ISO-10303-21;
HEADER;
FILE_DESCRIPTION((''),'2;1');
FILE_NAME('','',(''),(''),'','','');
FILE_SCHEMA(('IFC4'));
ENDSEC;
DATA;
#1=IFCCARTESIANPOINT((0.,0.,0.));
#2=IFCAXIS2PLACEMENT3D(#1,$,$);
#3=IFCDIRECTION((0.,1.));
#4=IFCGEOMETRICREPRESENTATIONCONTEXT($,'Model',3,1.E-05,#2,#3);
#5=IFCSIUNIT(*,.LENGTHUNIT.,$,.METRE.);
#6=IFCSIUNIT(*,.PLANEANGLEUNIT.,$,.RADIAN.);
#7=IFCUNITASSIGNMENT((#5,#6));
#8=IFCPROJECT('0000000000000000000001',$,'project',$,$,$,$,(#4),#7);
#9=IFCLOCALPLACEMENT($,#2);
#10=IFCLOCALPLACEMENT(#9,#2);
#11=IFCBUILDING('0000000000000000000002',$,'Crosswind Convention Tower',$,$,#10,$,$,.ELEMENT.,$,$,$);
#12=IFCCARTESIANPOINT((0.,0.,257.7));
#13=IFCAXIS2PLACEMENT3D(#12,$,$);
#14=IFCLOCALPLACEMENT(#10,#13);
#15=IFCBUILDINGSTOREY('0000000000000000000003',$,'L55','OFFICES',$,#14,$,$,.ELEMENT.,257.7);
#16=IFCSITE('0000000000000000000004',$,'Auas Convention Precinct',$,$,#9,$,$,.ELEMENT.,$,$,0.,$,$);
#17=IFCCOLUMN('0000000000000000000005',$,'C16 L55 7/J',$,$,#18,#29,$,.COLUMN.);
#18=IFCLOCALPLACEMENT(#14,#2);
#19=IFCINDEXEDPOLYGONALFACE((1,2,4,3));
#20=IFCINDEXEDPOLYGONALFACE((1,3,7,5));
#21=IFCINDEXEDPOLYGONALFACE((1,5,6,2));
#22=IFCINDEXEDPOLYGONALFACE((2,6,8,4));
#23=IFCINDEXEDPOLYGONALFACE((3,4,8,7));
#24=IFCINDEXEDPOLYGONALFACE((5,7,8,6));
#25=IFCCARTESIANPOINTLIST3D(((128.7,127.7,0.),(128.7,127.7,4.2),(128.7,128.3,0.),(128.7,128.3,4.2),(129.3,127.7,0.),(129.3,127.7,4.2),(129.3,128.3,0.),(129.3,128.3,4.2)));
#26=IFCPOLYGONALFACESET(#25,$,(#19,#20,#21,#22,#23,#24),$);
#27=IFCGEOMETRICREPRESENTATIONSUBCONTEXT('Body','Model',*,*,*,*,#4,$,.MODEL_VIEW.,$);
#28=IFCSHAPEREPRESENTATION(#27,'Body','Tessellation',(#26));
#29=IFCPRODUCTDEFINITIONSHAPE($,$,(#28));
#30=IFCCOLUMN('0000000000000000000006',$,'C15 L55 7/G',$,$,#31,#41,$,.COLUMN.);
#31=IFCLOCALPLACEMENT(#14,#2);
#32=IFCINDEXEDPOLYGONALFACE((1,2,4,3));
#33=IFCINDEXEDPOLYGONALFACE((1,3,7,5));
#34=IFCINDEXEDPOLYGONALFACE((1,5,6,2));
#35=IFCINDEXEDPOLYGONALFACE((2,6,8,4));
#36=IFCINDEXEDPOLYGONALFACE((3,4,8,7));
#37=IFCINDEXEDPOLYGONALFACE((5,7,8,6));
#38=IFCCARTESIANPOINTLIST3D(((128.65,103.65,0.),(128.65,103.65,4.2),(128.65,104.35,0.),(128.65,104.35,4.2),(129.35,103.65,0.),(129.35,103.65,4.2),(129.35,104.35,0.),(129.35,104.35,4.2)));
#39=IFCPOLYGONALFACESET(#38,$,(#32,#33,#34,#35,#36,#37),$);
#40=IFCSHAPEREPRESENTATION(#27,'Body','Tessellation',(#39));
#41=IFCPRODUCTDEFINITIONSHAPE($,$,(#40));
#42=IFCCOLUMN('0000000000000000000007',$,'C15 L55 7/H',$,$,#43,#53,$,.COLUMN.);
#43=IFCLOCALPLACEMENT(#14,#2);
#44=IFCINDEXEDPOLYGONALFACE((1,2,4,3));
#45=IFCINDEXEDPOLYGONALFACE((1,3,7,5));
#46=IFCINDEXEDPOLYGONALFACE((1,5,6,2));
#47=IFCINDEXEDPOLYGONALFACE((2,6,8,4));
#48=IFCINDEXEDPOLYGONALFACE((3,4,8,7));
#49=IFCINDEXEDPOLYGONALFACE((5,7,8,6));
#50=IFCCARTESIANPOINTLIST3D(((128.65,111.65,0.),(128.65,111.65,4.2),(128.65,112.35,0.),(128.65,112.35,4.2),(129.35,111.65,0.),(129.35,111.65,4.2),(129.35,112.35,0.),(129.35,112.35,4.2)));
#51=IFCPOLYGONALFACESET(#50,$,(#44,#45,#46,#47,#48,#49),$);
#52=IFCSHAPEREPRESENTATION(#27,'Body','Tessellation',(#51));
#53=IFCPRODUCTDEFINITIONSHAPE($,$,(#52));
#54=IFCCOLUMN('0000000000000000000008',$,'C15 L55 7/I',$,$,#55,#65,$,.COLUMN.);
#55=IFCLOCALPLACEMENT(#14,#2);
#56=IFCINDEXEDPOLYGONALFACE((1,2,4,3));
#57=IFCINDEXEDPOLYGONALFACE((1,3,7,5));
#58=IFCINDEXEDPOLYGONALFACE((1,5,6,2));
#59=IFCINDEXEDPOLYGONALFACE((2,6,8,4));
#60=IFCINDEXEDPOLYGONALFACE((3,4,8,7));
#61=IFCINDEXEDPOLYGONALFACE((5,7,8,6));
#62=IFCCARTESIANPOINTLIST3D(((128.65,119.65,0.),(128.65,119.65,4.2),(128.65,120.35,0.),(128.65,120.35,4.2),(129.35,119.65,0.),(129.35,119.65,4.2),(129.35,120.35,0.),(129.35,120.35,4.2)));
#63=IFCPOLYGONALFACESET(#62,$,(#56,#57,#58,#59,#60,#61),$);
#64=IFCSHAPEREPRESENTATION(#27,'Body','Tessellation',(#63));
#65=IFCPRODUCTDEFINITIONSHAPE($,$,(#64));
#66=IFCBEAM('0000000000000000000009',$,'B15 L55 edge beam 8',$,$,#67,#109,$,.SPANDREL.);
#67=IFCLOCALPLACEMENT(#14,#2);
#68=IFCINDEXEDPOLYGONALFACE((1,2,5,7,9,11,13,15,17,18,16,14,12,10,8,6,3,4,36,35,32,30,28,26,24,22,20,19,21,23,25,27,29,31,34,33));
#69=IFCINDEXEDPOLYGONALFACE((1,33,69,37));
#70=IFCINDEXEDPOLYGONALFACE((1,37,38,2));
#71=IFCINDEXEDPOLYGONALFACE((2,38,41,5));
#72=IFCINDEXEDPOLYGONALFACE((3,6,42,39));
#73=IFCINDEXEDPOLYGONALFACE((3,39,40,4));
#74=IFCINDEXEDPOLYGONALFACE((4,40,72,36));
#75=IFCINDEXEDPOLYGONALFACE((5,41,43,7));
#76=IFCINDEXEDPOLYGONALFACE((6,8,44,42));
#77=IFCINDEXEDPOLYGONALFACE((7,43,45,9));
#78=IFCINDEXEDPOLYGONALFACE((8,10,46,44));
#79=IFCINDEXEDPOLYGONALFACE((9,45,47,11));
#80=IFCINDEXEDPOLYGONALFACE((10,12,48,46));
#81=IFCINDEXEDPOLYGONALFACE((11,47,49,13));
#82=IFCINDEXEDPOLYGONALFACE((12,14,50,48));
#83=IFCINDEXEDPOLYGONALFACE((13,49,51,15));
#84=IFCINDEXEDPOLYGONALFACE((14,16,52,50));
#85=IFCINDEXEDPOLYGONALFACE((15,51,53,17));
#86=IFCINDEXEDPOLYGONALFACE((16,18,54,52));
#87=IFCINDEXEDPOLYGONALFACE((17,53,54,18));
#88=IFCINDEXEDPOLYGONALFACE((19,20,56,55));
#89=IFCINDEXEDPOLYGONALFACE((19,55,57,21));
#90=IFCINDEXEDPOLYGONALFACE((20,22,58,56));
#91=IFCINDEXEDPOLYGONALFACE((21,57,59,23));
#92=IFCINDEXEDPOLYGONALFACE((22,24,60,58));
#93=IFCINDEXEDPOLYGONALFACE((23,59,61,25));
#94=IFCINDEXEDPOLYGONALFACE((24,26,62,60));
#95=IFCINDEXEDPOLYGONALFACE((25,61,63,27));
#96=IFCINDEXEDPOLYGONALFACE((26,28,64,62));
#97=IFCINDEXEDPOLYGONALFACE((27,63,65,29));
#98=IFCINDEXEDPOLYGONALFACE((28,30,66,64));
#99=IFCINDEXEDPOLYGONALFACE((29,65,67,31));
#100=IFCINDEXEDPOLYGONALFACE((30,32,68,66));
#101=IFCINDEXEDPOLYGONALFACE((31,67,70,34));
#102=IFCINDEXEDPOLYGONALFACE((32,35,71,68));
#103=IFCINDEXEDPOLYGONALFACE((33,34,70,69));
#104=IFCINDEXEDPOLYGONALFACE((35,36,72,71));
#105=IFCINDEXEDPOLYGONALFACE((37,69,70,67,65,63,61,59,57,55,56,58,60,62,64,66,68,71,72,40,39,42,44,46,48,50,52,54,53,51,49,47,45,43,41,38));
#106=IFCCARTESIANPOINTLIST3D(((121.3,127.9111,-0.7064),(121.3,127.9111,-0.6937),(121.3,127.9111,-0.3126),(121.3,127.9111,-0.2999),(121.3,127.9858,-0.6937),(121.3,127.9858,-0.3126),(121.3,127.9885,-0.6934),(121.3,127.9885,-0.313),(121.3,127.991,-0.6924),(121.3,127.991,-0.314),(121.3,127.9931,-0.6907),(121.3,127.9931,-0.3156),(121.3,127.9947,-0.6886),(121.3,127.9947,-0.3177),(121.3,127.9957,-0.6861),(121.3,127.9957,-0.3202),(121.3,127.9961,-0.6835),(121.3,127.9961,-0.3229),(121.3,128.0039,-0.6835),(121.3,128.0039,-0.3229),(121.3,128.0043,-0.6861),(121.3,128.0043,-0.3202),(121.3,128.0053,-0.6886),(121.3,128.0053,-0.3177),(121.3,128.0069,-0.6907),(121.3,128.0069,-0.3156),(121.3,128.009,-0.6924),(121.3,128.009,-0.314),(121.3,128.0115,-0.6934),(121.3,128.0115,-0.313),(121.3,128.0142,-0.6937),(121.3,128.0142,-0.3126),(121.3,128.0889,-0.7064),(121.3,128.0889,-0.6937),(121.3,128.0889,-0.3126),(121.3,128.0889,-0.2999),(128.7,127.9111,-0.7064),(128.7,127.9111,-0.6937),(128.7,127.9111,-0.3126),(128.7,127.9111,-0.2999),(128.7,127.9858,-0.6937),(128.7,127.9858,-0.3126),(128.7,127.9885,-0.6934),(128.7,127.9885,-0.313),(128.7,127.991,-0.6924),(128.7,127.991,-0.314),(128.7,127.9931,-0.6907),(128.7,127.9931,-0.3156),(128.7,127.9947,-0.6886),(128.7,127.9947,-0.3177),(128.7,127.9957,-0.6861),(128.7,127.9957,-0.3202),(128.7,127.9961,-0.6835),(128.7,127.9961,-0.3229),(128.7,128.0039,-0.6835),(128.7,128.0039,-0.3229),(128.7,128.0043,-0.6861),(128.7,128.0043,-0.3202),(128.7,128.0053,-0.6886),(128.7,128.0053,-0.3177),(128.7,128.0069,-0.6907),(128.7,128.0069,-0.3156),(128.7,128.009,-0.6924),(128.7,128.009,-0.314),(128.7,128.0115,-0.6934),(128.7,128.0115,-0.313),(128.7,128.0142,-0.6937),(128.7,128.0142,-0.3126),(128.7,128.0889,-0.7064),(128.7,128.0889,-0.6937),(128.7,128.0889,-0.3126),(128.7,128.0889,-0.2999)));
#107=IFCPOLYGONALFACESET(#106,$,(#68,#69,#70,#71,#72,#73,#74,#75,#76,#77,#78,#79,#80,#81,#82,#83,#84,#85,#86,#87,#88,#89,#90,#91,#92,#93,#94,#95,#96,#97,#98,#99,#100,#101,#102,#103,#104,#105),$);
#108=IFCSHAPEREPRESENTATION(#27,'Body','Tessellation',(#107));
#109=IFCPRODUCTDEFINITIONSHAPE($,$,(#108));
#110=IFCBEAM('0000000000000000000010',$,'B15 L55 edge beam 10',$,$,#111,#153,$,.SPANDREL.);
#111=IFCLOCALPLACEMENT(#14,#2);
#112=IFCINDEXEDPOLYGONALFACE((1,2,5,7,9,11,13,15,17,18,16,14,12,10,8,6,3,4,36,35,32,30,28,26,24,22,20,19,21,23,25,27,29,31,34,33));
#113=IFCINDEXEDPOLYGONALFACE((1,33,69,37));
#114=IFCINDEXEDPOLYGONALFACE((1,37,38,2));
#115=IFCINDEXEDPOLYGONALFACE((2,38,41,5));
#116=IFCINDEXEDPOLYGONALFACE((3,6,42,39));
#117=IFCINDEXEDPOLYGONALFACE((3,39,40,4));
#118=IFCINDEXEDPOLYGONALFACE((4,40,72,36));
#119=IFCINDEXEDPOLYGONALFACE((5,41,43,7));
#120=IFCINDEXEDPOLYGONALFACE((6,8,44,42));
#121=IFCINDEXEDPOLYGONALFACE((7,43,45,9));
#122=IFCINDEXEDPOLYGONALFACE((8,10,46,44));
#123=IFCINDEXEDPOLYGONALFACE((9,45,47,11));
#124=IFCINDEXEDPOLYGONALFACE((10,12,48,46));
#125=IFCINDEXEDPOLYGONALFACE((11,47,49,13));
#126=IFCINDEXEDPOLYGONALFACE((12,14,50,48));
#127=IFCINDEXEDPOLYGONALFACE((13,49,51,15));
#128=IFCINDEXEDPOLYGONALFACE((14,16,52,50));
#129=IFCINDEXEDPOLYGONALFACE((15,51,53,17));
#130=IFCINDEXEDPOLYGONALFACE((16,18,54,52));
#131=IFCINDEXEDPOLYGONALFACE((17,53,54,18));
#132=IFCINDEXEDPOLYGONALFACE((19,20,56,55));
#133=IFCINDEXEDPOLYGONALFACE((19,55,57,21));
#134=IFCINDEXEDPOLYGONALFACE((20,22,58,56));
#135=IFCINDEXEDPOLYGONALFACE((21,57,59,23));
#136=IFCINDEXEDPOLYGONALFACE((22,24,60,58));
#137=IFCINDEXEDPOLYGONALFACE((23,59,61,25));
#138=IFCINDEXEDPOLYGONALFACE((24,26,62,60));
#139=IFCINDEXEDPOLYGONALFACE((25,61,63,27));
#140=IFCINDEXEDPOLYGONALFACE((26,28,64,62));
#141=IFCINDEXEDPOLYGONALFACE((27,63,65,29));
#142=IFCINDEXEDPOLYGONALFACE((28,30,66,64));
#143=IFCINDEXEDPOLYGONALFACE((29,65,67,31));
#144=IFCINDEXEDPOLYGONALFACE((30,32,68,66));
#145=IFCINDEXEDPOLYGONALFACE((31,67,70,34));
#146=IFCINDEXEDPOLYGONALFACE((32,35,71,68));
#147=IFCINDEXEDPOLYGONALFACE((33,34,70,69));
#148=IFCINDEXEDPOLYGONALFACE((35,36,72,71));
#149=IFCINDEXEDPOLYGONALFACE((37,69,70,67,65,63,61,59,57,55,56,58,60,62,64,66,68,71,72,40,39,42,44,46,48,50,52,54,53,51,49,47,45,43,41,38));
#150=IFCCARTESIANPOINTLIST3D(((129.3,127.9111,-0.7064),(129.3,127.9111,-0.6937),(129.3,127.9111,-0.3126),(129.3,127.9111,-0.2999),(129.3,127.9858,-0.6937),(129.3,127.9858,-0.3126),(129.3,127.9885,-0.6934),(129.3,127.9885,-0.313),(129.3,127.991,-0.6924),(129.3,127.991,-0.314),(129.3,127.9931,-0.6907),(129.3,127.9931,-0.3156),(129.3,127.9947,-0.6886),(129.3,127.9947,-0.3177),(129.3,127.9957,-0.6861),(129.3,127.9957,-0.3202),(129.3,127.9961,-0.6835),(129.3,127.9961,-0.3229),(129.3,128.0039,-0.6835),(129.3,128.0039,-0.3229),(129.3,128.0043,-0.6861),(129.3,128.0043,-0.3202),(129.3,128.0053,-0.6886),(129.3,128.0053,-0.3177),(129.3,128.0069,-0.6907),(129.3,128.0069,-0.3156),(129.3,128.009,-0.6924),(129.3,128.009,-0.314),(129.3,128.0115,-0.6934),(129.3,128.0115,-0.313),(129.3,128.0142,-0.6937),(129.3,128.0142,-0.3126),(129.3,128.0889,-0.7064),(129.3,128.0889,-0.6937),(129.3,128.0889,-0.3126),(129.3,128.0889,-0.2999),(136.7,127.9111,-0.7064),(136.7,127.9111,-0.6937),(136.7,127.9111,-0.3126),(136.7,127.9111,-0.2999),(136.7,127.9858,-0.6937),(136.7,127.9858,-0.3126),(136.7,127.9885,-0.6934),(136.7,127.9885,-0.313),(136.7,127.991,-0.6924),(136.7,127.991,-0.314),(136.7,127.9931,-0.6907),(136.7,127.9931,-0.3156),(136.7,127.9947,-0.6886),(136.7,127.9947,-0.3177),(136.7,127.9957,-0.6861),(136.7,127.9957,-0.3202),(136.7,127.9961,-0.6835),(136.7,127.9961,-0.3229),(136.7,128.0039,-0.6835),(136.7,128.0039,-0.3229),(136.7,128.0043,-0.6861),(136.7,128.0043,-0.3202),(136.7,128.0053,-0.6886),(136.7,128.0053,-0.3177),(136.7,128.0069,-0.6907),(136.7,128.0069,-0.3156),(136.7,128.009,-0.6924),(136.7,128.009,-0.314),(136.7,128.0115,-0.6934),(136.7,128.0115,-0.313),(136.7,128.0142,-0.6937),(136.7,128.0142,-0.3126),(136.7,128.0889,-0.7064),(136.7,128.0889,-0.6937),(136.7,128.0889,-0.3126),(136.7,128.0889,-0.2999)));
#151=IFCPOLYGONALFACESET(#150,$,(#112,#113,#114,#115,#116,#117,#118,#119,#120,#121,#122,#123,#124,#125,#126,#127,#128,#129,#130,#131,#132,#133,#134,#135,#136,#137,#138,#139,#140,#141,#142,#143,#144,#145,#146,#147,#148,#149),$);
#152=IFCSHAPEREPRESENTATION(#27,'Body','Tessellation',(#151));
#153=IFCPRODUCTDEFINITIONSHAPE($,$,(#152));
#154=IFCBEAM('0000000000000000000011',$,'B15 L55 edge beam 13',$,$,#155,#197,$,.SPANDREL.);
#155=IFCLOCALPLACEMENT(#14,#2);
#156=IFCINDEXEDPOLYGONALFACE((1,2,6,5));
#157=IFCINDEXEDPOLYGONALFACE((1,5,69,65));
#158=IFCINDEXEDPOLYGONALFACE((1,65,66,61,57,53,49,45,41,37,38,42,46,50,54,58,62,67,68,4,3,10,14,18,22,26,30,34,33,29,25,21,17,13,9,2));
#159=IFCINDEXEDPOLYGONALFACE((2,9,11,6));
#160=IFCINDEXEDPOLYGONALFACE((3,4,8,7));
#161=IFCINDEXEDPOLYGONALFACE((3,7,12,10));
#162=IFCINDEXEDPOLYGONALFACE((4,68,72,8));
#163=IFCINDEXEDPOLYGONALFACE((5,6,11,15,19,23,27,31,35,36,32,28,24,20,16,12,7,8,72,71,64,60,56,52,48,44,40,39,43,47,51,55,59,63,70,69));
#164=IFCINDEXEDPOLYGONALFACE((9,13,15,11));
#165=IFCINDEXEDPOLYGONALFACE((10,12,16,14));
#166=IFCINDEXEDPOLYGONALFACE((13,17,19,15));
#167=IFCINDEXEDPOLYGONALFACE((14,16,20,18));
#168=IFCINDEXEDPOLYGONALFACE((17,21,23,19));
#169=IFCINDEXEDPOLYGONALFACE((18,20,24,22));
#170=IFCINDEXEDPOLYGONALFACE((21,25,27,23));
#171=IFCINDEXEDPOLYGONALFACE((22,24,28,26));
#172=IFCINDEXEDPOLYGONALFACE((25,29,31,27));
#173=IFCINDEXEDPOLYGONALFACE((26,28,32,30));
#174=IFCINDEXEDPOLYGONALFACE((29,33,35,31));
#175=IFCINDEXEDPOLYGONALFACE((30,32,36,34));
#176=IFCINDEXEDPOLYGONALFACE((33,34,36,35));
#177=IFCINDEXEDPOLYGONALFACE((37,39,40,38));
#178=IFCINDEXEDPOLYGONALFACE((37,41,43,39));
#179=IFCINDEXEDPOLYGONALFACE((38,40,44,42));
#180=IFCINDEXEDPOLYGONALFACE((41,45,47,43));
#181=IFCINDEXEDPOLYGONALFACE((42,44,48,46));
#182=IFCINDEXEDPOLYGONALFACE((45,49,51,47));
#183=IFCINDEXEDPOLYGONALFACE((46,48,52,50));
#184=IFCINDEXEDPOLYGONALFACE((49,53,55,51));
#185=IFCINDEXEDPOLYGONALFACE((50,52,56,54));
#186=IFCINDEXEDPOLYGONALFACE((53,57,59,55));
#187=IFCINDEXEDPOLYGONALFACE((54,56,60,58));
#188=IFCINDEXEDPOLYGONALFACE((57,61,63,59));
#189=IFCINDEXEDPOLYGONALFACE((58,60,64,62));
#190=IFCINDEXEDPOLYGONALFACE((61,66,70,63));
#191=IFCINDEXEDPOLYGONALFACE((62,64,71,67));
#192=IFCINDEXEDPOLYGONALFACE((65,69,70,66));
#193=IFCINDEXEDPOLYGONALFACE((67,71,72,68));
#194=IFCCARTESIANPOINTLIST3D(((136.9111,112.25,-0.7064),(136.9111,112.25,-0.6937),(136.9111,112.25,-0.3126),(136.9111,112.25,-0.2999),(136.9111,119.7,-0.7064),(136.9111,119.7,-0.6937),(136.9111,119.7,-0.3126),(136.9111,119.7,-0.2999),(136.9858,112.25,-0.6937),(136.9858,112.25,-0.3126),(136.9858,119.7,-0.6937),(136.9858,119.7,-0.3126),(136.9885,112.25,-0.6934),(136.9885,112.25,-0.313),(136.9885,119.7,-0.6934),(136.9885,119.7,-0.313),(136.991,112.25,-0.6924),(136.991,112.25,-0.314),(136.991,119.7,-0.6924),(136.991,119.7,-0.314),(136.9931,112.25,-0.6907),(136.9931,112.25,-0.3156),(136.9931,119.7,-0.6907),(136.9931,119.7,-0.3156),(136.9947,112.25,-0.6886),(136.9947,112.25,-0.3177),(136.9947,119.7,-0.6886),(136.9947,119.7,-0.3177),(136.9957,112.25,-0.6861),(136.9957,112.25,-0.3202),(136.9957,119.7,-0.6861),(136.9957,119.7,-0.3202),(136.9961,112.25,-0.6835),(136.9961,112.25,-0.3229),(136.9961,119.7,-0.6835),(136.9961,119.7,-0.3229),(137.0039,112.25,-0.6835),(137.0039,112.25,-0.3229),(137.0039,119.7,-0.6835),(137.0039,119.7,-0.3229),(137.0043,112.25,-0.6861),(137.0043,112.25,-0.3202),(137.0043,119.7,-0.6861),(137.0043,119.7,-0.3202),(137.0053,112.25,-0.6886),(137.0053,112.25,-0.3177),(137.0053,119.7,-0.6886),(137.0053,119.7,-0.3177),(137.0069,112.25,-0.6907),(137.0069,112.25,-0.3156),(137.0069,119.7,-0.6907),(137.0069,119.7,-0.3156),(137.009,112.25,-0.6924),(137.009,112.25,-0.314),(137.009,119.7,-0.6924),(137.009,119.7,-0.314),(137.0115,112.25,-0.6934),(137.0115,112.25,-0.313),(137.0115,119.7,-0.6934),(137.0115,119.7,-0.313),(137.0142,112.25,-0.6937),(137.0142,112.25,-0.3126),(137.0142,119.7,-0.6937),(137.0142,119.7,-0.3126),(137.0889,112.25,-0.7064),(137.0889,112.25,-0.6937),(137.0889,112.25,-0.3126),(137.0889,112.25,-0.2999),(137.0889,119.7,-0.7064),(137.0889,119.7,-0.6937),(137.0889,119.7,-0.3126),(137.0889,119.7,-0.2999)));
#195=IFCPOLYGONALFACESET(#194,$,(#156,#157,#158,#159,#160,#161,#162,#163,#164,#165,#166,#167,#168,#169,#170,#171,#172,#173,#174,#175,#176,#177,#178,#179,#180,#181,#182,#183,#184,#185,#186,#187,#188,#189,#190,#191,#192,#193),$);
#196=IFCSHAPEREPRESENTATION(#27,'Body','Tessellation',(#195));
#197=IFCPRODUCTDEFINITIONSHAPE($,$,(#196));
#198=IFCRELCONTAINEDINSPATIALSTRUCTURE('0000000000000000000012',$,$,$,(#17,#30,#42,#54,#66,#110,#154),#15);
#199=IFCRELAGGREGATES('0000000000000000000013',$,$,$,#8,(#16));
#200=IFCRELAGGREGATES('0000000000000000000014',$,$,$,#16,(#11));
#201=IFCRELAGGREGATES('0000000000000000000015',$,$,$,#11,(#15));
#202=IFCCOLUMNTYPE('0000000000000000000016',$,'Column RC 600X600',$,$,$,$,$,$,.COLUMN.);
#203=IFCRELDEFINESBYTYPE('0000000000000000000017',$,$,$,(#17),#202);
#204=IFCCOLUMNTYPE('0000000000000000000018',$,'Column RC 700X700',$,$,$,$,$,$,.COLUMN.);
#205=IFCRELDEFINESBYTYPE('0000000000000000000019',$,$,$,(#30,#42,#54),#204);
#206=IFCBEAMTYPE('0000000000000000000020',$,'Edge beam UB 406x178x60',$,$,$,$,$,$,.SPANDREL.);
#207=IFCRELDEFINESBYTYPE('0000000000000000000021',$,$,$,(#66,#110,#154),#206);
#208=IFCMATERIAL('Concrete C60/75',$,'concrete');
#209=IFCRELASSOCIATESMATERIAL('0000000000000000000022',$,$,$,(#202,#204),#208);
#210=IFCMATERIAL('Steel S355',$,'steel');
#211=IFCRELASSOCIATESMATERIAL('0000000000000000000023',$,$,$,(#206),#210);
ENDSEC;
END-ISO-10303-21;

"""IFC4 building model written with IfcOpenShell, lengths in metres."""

from ifc_helpers import new_model, si_unit, direction, frame, origin, origin_2d, place, context, subcontext, project, spatial, rectangle, i_section, extrude, material, material_profile, profile_set, type_object, element, save


model = new_model("IFC4")

# Units and contexts
model_context = context("Model", 3, precision=1e-05, world=origin(), true_north=direction((0.0, 1.0)))
body_context = subcontext(model_context, "Body", "Model", "MODEL_VIEW")
ifc_project = project(units=[si_unit("LENGTHUNIT", "METRE"), si_unit("PLANEANGLEUNIT", "RADIAN")], contexts=[model_context])

# Site, building, storey
site_placement = place(None, origin())
site = spatial("IfcSite", under=ifc_project, at=site_placement, Name="Auas Convention Precinct", CompositionType="ELEMENT", RefElevation=0.0)
building_placement = place(site_placement, origin())
building = spatial("IfcBuilding", under=site, at=building_placement, Name="Crosswind Convention Tower", CompositionType="ELEMENT")
storey_placement = place(building_placement, frame((0.0, 0.0, 257.7)))
storey = spatial("IfcBuildingStorey", under=building, at=storey_placement, Name="L55", Description="OFFICES", CompositionType="ELEMENT", Elevation=257.7)

# Columns
ifc_material_1 = material(Name="Concrete C60/75", Category="concrete")
ifc_material_profile_1 = material_profile(ifc_material_1, rectangle(XDim=0.6001, YDim=0.6001, at=origin_2d()), Name="RC 600X600")
ifc_profile_set_1 = profile_set([ifc_material_profile_1], Name="Concrete C60/75")
column_type_1 = type_object("IfcColumnType", Name="Column RC 600X600", PredefinedType="COLUMN", material=ifc_profile_set_1)
column_placement = place(storey_placement, frame((129.0, 128.0, 0.0), z_axis=(0.0, 0.0, 1.0), x_axis=(1.0, 0.0, 0.0)))
element("IfcColumn", 1, at=column_placement, inside=storey, type_object=column_type_1, Name="C16 L55 7/J", PredefinedType="COLUMN", context=body_context, shape_type="SweptSolid", body=[
    extrude(rectangle(XDim=0.6001, YDim=0.6001, at=origin_2d()), origin(), (0.0, 0.0, 1.0), 4.2),
])
ifc_material_profile_2 = material_profile(ifc_material_1, rectangle(XDim=0.7, YDim=0.7, at=origin_2d()), Name="RC 700X700")
ifc_profile_set_2 = profile_set([ifc_material_profile_2], Name="Concrete C60/75")
column_type_2 = type_object("IfcColumnType", Name="Column RC 700X700", PredefinedType="COLUMN", material=ifc_profile_set_2)
for number, where, z_axis, x_axis, name in (
    (2, (129.0, 104.0, 0.0), (0.0, 0.0, 1.0), (1.0, 0.0, 0.0), "C15 L55 7/G"),
    (3, (129.0, 112.0, 0.0), (0.0, 0.0, 1.0), (1.0, 0.0, 0.0), "C15 L55 7/H"),
    (4, (129.0, 120.0, 0.0), (0.0, 0.0, 1.0), (1.0, 0.0, 0.0), "C15 L55 7/I"),
):
    element("IfcColumn", number, at=place(storey_placement, frame(where, z_axis=z_axis, x_axis=x_axis)), inside=storey, type_object=column_type_2, Name=name, PredefinedType="COLUMN", context=body_context, shape_type="SweptSolid", body=[
        extrude(rectangle(XDim=0.7, YDim=0.7, at=origin_2d()), origin(), (0.0, 0.0, 1.0), 4.2),
    ])

# Beams
ifc_material_2 = material(Name="Steel S355", Category="steel")
ifc_material_profile_3 = material_profile(ifc_material_2, i_section(OverallWidth=0.1777, OverallDepth=0.4065, WebThickness=0.0078, FlangeThickness=0.0127, FilletRadius=0.0103, at=origin_2d()), Name="UB 406x178x60")
ifc_profile_set_3 = profile_set([ifc_material_profile_3], Name="Steel S355")
beam_type_1 = type_object("IfcBeamType", Name="Edge beam UB 406x178x60", PredefinedType="SPANDREL", material=ifc_profile_set_3)
for number, where, z_axis, x_axis, name in (
    (5, (121.3, 128.0, -0.5032), (1.0, 0.0, 0.0), (0.0, 1.0, 0.0), "B15 L55 edge beam 8"),
    (6, (129.3, 128.0, -0.5032), (1.0, 0.0, 0.0), (0.0, 1.0, 0.0), "B15 L55 edge beam 10"),
):
    element("IfcBeam", number, at=place(storey_placement, frame(where, z_axis=z_axis, x_axis=x_axis)), inside=storey, type_object=beam_type_1, Name=name, PredefinedType="SPANDREL", context=body_context, shape_type="SweptSolid", body=[
        extrude(i_section(OverallWidth=0.1777, OverallDepth=0.4065, WebThickness=0.0078, FlangeThickness=0.0127, FilletRadius=0.0103, at=origin_2d()), origin(), (0.0, 0.0, 1.0), 7.3999),
    ])
beam_placement = place(storey_placement, frame((137.0, 112.25, -0.5032), z_axis=(0.0, 1.0, 0.0), x_axis=(-1.0, 0.0, 0.0)))
element("IfcBeam", 7, at=beam_placement, inside=storey, type_object=beam_type_1, Name="B15 L55 edge beam 13", PredefinedType="SPANDREL", context=body_context, shape_type="SweptSolid", body=[
    extrude(i_section(OverallWidth=0.1777, OverallDepth=0.4065, WebThickness=0.0078, FlangeThickness=0.0127, FilletRadius=0.0103, at=origin_2d()), origin(), (0.0, 0.0, 1.0), 7.45),
])

save(model, "model.ifc")
